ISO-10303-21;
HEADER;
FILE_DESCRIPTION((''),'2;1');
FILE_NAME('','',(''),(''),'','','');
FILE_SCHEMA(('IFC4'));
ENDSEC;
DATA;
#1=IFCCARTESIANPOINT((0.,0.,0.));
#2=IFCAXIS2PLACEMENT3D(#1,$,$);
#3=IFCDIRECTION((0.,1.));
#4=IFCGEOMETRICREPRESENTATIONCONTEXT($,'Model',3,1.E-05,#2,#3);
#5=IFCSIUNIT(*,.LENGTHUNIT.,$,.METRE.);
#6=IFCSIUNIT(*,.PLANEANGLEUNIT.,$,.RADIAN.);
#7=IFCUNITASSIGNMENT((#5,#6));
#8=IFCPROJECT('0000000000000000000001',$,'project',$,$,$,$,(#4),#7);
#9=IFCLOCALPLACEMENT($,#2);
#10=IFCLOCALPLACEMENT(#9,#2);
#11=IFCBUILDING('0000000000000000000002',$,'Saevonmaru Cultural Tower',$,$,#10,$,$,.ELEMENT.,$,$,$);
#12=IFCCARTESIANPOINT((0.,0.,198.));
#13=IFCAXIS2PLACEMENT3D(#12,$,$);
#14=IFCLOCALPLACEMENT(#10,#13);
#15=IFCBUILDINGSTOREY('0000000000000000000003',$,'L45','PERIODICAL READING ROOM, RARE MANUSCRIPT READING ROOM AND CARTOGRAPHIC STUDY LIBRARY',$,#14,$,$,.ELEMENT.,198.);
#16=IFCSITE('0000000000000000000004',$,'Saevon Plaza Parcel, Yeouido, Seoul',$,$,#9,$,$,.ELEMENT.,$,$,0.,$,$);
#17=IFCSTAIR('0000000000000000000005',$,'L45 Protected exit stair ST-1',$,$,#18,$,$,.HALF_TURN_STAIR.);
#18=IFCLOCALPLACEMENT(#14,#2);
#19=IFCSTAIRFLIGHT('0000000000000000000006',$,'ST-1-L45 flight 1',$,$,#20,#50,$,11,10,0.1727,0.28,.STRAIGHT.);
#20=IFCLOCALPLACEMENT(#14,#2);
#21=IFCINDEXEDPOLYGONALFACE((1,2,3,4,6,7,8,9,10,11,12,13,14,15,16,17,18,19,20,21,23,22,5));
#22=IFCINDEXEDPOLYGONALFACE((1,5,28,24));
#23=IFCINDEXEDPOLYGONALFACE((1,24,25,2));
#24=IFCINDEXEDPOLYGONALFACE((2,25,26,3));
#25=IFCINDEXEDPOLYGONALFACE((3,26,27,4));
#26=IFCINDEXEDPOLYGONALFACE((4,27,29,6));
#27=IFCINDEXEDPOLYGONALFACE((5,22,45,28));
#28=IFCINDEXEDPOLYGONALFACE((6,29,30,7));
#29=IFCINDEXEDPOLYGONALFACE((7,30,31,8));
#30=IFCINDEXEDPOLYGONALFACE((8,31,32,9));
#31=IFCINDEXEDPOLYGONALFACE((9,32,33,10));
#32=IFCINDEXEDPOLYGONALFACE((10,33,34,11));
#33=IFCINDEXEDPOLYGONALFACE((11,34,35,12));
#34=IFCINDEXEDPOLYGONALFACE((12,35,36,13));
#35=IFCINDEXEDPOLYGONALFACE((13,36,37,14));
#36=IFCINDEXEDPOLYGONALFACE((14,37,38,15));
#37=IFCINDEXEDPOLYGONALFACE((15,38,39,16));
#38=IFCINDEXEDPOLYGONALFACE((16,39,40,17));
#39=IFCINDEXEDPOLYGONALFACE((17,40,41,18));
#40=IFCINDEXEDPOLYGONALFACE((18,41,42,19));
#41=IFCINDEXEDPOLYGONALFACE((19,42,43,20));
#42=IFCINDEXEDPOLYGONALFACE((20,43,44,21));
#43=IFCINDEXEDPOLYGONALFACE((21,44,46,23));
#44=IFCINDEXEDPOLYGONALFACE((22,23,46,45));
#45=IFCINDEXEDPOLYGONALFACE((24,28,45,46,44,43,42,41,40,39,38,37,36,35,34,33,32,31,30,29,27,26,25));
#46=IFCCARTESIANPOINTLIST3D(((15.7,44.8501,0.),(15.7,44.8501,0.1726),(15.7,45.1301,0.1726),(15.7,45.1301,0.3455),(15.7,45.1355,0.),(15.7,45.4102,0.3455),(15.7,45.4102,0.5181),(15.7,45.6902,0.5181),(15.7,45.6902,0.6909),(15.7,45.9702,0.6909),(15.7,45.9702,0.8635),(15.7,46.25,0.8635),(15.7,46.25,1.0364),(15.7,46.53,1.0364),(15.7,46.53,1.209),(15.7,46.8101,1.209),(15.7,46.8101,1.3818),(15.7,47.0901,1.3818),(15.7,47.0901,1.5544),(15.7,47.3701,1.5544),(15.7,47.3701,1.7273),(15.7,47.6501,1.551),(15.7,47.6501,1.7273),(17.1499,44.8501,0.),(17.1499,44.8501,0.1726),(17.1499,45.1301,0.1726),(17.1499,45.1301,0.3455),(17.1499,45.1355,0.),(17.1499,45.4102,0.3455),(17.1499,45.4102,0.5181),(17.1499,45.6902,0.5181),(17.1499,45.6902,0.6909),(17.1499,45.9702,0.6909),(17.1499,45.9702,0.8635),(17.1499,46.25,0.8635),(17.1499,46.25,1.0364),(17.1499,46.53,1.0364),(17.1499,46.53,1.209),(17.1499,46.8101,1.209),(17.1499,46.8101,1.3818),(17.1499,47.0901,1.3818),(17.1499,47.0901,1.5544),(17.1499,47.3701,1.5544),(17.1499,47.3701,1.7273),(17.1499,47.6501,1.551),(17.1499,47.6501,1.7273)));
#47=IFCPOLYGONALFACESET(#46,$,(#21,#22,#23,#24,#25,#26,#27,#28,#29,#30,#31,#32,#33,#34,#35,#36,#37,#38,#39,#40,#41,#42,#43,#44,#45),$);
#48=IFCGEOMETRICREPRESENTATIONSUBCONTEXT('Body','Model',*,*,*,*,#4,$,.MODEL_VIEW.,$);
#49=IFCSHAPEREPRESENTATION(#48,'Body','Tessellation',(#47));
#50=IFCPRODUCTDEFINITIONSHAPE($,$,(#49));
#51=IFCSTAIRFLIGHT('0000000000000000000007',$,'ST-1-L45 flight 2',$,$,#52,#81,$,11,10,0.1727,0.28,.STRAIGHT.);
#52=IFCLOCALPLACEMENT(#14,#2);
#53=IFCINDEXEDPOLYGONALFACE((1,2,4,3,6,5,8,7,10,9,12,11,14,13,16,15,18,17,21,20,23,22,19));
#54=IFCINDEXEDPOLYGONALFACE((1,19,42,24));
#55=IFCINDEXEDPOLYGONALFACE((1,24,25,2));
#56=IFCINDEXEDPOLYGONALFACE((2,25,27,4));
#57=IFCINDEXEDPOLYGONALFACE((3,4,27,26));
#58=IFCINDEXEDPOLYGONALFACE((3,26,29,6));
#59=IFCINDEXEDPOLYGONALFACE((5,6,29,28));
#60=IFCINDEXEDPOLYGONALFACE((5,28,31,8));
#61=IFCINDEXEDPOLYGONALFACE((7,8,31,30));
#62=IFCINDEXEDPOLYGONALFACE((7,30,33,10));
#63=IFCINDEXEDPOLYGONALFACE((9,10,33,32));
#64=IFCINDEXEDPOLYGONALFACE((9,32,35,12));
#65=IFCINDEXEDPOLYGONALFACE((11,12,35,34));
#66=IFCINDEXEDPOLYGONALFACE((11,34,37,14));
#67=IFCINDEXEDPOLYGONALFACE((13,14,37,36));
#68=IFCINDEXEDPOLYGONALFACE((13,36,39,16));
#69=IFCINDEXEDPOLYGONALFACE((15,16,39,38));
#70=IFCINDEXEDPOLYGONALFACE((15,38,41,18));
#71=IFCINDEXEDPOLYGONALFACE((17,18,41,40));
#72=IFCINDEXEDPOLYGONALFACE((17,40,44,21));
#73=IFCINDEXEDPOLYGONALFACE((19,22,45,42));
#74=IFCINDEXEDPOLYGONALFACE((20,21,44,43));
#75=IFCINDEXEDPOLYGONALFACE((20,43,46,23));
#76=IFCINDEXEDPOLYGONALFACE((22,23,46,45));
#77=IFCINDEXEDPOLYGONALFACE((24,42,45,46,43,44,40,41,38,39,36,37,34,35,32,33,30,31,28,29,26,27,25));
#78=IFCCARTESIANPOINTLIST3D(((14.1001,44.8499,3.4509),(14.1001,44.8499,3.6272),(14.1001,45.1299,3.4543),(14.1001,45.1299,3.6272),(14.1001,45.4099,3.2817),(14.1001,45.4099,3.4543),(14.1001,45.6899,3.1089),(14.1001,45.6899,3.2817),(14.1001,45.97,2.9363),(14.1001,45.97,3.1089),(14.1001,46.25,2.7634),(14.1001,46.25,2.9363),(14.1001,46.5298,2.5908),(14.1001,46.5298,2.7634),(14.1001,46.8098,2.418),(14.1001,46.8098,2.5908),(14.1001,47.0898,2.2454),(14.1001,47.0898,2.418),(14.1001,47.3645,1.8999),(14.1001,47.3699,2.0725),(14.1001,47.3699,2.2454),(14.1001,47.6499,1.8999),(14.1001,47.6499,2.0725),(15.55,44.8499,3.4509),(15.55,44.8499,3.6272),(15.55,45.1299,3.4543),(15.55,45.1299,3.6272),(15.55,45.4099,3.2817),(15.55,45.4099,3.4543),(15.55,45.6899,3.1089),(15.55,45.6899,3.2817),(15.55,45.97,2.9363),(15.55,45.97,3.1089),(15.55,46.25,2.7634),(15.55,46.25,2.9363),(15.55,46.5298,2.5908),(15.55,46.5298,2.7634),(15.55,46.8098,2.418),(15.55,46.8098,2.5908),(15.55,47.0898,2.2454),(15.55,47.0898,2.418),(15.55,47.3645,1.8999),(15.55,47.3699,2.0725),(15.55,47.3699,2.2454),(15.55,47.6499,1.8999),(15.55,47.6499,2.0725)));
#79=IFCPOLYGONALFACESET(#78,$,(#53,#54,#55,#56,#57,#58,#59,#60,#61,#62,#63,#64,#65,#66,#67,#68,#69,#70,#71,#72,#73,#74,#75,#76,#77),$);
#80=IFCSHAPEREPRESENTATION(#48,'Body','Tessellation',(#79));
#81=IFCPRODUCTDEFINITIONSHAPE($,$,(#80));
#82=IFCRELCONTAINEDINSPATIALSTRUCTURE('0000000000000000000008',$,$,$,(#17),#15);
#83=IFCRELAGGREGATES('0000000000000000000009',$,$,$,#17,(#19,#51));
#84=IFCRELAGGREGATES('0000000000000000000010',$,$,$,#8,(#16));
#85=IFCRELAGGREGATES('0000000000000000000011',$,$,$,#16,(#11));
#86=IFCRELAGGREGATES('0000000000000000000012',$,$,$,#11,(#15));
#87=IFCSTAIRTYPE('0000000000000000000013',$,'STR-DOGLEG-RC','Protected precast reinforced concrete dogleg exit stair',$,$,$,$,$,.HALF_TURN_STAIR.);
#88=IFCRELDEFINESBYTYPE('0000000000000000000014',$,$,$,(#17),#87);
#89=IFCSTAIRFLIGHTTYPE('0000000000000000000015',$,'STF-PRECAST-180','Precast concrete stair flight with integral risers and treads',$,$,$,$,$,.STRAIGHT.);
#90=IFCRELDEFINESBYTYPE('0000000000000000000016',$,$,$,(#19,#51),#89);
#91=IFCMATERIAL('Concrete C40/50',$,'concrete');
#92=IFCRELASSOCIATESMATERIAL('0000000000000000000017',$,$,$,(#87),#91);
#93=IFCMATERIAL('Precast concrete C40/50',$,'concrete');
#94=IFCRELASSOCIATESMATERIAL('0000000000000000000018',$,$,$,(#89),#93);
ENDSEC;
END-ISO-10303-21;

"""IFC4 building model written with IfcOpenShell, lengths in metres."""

from ifc_helpers import new_model, si_unit, direction, frame, origin, place, context, subcontext, project, spatial, polyline, outline, extrude, material, type_object, element, aggregate, save


model = new_model("IFC4")

# Units and contexts
model_context = context("Model", 3, precision=1e-05, world=origin(), true_north=direction((0.0, 1.0)))
body_context = subcontext(model_context, "Body", "Model", "MODEL_VIEW")
ifc_project = project(units=[si_unit("LENGTHUNIT", "METRE"), si_unit("PLANEANGLEUNIT", "RADIAN")], contexts=[model_context])

# Site, building, storey
site_placement = place(None, origin())
site = spatial("IfcSite", under=ifc_project, at=site_placement, Name="Saevon Plaza Parcel, Yeouido, Seoul", CompositionType="ELEMENT", RefElevation=0.0)
building_placement = place(site_placement, origin())
building = spatial("IfcBuilding", under=site, at=building_placement, Name="Saevonmaru Cultural Tower", CompositionType="ELEMENT")
storey_placement = place(building_placement, frame((0.0, 0.0, 198.0)))
storey = spatial("IfcBuildingStorey", under=building, at=storey_placement, Name="L45", Description="PERIODICAL READING ROOM, RARE MANUSCRIPT READING ROOM AND CARTOGRAPHIC STUDY LIBRARY", CompositionType="ELEMENT", Elevation=198.0)

# Shared definitions
ifc_material_1 = material(Name="Concrete C40/50", Category="concrete")

# Stair, stair flights
stair_type = type_object("IfcStairType", Name="STR-DOGLEG-RC", Description="Protected precast reinforced concrete dogleg exit stair", PredefinedType="HALF_TURN_STAIR", material=ifc_material_1)
stair_placement = place(storey_placement, origin())
stair = element("IfcStair", 1, at=stair_placement, inside=storey, type_object=stair_type, Name="L45 Protected exit stair ST-1", PredefinedType="HALF_TURN_STAIR")
ifc_material_2 = material(Name="Precast concrete C40/50", Category="concrete")
stair_flight_type = type_object("IfcStairFlightType", Name="STF-PRECAST-180", Description="Precast concrete stair flight with integral risers and treads", PredefinedType="STRAIGHT", material=ifc_material_2)
stair_flight_1_placement = place(storey_placement, frame((16.425, 44.8501, 0.0), z_axis=(0.0, 0.0, 1.0), x_axis=(0.0, 1.0, 0.0)))
stair_flight_1 = element("IfcStairFlight", 2, at=stair_flight_1_placement, type_object=stair_flight_type, Name="ST-1-L45 flight 1", NumberOfRisers=11, NumberOfTreads=10, PredefinedType="STRAIGHT", RiserHeight=0.1727, TreadLength=0.28, context=body_context, shape_type="SweptSolid", body=[
    extrude(outline(polyline([(0.0, 0.0), (0.0, 0.1726), (0.28, 0.1726), (0.28, 0.3455), (0.5601, 0.3455), (0.5601, 0.5181), (0.8401, 0.5181), (0.8401, 0.6909), (1.1201, 0.6909), (1.1201, 0.8635), (1.3999, 0.8635), (1.3999, 1.0364), (1.6799, 1.0364), (1.6799, 1.209), (1.96, 1.209), (1.96, 1.3818), (2.24, 1.3818), (2.24, 1.5544), (2.52, 1.5544), (2.52, 1.7273), (2.8, 1.7273), (2.8, 1.8999), (2.8, 1.551), (0.2854, 0.0), (0.0, 0.0)])), frame((0.0, 0.7251, 0.0), z_axis=(0.0, -1.0, 0.0), x_axis=(1.0, 0.0, 0.0)), (0.0, 0.0, 1.0), 1.45),
])
stair_flight_2_placement = place(storey_placement, frame((14.825, 47.6499, 1.8999), z_axis=(0.0, 0.0, 1.0), x_axis=(0.0, -1.0, 0.0)))
stair_flight_2 = element("IfcStairFlight", 3, at=stair_flight_2_placement, type_object=stair_flight_type, Name="ST-1-L45 flight 2", NumberOfRisers=11, NumberOfTreads=10, PredefinedType="STRAIGHT", RiserHeight=0.1727, TreadLength=0.28, context=body_context, shape_type="SweptSolid", body=[
    extrude(outline(polyline([(0.0, 0.0), (0.0, 0.1726), (0.28, 0.1726), (0.28, 0.3455), (0.5601, 0.3455), (0.5601, 0.5181), (0.8401, 0.5181), (0.8401, 0.6909), (1.1201, 0.6909), (1.1201, 0.8635), (1.3999, 0.8635), (1.3999, 1.0364), (1.6799, 1.0364), (1.6799, 1.209), (1.96, 1.209), (1.96, 1.3818), (2.24, 1.3818), (2.24, 1.5544), (2.52, 1.5544), (2.52, 1.7273), (2.8, 1.7273), (2.8, 1.8999), (2.8, 1.551), (0.2854, 0.0), (0.0, 0.0)])), frame((0.0, 0.7251, 0.0), z_axis=(0.0, -1.0, 0.0), x_axis=(1.0, 0.0, 0.0)), (0.0, 0.0, 1.0), 1.45),
])
aggregate(stair, [stair_flight_1, stair_flight_2])

save(model, "model.ifc")
